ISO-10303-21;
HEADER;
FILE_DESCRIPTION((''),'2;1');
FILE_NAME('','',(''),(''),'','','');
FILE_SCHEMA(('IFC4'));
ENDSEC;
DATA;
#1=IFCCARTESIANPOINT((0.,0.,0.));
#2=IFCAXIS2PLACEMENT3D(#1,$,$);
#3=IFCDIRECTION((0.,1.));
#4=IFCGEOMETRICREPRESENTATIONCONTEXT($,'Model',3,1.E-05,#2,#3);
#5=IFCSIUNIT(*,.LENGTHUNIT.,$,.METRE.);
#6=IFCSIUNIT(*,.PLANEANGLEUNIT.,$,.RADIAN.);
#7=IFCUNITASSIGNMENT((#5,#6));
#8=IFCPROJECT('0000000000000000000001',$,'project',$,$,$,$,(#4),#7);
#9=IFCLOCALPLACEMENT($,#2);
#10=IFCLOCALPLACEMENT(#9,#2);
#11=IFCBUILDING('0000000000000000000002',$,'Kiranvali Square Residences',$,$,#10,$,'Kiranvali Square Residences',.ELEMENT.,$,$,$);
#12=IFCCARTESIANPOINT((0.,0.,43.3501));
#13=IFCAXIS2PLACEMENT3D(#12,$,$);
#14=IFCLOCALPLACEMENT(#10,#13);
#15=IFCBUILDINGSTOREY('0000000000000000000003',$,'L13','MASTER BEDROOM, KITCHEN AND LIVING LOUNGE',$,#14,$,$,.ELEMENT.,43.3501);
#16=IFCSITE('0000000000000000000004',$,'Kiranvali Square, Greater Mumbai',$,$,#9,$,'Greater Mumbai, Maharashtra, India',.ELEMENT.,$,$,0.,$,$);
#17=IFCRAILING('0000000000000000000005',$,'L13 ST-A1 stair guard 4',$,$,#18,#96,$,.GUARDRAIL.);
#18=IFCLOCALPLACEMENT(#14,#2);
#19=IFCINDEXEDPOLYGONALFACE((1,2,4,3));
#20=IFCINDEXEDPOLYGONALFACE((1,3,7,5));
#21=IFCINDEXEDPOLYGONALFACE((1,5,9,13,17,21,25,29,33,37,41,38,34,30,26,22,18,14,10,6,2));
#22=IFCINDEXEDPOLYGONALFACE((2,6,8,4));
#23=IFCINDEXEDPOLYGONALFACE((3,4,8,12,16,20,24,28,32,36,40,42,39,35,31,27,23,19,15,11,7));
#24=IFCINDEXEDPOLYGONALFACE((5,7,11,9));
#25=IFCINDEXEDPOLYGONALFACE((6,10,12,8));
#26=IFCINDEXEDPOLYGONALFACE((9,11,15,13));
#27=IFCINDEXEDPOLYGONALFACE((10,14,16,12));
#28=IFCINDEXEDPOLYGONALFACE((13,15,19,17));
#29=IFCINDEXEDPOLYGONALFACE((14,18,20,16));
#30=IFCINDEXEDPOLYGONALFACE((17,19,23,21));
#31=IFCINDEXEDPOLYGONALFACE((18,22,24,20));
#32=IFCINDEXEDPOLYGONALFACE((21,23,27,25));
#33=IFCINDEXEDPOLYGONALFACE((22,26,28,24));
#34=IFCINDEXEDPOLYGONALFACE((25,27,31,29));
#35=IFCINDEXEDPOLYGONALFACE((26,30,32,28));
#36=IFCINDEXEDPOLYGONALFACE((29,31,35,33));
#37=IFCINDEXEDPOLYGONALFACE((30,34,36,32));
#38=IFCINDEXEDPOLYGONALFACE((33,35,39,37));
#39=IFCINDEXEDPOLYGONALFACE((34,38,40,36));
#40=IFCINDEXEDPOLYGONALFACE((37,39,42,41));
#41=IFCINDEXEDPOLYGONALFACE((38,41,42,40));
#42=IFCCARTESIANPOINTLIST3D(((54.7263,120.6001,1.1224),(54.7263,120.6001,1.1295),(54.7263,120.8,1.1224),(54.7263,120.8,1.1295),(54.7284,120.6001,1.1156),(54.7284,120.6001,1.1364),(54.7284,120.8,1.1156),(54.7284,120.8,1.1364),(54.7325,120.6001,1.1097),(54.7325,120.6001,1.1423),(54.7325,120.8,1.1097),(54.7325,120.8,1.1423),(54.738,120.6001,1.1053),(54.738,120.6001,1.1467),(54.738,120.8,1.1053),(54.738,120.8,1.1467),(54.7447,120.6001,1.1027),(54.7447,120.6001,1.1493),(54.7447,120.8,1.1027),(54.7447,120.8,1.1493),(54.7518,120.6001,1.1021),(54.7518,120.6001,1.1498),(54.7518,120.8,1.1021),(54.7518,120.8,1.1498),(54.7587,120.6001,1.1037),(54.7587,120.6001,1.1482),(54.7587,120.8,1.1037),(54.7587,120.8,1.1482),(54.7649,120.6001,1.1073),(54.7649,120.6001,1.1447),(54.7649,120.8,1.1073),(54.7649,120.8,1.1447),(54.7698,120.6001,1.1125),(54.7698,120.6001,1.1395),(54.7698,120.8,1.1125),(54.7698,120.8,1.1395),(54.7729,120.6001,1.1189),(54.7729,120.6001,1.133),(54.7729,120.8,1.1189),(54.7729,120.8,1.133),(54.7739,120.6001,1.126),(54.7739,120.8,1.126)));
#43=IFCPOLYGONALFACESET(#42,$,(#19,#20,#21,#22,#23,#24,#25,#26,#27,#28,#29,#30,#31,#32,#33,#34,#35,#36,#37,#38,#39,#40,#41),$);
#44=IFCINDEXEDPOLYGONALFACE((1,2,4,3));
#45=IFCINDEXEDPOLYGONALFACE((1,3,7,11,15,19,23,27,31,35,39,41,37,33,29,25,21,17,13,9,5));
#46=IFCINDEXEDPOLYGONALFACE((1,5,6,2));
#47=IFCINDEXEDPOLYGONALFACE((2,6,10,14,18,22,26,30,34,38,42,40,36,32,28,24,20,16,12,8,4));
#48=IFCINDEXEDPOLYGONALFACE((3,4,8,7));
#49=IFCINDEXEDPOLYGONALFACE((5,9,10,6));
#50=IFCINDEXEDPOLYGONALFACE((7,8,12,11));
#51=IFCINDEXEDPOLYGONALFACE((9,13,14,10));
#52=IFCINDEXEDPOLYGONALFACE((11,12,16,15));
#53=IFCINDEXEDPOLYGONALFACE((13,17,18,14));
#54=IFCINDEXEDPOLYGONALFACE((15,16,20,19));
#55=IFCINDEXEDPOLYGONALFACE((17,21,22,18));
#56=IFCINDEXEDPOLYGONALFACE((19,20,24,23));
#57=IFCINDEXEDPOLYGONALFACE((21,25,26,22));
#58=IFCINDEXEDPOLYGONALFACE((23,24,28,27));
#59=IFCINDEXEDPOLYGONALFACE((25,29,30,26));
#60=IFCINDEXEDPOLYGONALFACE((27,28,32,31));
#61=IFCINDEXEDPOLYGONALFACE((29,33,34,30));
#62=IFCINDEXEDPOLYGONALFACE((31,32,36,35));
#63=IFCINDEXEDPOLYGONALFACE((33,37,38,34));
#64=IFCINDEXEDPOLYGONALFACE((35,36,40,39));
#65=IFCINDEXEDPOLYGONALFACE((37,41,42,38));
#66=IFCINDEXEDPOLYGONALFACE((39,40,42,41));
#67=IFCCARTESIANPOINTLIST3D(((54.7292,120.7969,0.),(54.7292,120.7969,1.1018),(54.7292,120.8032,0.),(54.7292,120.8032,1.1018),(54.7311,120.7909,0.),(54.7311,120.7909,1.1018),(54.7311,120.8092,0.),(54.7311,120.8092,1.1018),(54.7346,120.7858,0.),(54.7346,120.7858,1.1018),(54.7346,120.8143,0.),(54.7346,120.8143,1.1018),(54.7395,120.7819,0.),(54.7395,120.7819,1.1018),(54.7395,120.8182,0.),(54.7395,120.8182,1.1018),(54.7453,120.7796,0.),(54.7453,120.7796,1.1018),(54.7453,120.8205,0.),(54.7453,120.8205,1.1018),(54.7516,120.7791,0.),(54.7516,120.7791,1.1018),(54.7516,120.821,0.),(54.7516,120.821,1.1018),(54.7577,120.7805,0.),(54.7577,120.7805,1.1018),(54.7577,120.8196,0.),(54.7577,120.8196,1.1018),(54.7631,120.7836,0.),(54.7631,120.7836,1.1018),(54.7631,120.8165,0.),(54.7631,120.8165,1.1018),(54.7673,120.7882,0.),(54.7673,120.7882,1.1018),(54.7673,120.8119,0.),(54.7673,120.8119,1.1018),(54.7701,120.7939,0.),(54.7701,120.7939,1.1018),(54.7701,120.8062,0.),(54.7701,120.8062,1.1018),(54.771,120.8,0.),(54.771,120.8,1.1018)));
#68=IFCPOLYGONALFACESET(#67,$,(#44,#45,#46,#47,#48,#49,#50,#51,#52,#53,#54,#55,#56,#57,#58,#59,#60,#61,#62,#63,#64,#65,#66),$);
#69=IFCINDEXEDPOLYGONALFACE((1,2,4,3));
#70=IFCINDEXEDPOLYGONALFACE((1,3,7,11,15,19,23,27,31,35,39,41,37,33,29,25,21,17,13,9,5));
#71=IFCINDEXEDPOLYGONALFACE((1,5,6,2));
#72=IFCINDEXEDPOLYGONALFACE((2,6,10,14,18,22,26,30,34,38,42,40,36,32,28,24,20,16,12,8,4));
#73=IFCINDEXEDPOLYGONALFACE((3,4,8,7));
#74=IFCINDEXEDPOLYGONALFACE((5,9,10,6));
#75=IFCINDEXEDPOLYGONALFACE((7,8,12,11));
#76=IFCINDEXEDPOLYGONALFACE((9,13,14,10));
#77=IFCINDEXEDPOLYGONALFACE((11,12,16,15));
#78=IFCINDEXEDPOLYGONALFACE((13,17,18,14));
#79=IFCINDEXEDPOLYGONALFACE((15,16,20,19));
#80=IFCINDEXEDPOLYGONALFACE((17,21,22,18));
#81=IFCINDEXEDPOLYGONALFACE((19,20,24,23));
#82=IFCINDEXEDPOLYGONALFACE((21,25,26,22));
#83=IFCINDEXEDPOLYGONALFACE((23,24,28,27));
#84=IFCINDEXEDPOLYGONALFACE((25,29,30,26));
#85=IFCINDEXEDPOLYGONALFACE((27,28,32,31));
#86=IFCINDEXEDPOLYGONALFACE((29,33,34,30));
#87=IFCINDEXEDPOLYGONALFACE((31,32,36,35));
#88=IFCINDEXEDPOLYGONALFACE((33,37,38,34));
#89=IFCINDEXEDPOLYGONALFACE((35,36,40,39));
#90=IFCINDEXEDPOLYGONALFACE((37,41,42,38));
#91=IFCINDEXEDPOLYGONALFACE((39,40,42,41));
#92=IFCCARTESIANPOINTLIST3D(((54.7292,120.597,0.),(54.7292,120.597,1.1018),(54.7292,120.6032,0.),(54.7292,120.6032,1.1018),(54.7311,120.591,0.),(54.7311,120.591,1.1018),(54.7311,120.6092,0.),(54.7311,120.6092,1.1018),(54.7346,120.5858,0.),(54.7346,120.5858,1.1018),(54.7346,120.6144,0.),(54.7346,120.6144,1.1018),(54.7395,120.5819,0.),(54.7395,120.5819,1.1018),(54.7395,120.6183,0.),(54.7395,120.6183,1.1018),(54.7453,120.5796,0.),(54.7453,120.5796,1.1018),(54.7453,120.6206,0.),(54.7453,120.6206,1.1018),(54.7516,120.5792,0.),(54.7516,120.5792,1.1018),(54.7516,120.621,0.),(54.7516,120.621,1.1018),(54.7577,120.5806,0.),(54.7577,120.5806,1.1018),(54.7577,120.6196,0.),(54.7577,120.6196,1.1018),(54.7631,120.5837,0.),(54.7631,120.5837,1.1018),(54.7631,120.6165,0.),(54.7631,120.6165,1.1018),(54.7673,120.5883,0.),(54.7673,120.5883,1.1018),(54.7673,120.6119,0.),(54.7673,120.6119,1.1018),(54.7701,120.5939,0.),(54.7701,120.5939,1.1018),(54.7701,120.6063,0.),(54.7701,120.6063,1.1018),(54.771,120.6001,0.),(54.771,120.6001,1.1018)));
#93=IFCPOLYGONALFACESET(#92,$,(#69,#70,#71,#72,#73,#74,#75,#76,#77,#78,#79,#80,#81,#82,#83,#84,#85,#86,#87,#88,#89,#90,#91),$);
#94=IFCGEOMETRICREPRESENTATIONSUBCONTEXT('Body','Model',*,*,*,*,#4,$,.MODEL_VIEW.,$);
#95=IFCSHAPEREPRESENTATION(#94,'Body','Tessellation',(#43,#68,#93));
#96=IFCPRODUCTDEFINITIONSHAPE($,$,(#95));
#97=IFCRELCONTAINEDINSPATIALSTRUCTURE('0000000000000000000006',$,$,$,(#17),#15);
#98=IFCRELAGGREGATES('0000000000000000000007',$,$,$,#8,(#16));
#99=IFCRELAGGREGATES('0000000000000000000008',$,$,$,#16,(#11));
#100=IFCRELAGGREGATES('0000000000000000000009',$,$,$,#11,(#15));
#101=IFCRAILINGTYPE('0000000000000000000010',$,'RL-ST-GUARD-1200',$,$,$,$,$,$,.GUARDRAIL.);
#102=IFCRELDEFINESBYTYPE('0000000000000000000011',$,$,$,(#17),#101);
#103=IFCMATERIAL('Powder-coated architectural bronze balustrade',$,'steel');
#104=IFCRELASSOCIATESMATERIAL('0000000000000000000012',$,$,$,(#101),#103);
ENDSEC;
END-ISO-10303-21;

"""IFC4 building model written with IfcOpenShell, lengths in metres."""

from ifc_helpers import new_model, si_unit, direction, frame, origin, origin_2d, place, context, subcontext, project, spatial, circle, extrude, material, type_object, element, save


model = new_model("IFC4")

# Units and contexts
model_context = context("Model", 3, precision=1e-05, world=origin(), true_north=direction((0.0, 1.0)))
body_context = subcontext(model_context, "Body", "Model", "MODEL_VIEW")
ifc_project = project(units=[si_unit("LENGTHUNIT", "METRE"), si_unit("PLANEANGLEUNIT", "RADIAN")], contexts=[model_context])

# Site, building, storey
site_placement = place(None, origin())
site = spatial("IfcSite", under=ifc_project, at=site_placement, Name="Kiranvali Square, Greater Mumbai", LongName="Greater Mumbai, Maharashtra, India", CompositionType="ELEMENT", RefElevation=0.0)
building_placement = place(site_placement, origin())
building = spatial("IfcBuilding", under=site, at=building_placement, Name="Kiranvali Square Residences", LongName="Kiranvali Square Residences", CompositionType="ELEMENT")
storey_placement = place(building_placement, frame((0.0, 0.0, 43.3501)))
storey = spatial("IfcBuildingStorey", under=building, at=storey_placement, Name="L13", Description="MASTER BEDROOM, KITCHEN AND LIVING LOUNGE", CompositionType="ELEMENT", Elevation=43.3501)

# Railing
ifc_material_1 = material(Name="Powder-coated architectural bronze balustrade", Category="steel")
railing_type_1 = type_object("IfcRailingType", Name="RL-ST-GUARD-1200", PredefinedType="GUARDRAIL", material=ifc_material_1)
railing_1_placement = place(storey_placement, frame((54.75, 120.8, 0.0)))
element("IfcRailing", 1, at=railing_1_placement, inside=storey, type_object=railing_type_1, Name="L13 ST-A1 stair guard 4", PredefinedType="GUARDRAIL", context=body_context, shape_type="SweptSolid", body=[
    extrude(circle(Radius=0.0239, at=origin_2d()), frame((0.0, 0.0, 1.126), z_axis=(0.0, -1.0, 0.0), x_axis=(1.0, 0.0, 0.0)), (0.0, 0.0, 1.0), 0.2),
    extrude(circle(Radius=0.021, at=origin_2d()), origin(), (0.0, 0.0, 1.0), 1.1018),
    extrude(circle(Radius=0.021, at=origin_2d()), frame((0.0, -0.2, 0.0)), (0.0, 0.0, 1.0), 1.1018),
])

save(model, "model.ifc")
